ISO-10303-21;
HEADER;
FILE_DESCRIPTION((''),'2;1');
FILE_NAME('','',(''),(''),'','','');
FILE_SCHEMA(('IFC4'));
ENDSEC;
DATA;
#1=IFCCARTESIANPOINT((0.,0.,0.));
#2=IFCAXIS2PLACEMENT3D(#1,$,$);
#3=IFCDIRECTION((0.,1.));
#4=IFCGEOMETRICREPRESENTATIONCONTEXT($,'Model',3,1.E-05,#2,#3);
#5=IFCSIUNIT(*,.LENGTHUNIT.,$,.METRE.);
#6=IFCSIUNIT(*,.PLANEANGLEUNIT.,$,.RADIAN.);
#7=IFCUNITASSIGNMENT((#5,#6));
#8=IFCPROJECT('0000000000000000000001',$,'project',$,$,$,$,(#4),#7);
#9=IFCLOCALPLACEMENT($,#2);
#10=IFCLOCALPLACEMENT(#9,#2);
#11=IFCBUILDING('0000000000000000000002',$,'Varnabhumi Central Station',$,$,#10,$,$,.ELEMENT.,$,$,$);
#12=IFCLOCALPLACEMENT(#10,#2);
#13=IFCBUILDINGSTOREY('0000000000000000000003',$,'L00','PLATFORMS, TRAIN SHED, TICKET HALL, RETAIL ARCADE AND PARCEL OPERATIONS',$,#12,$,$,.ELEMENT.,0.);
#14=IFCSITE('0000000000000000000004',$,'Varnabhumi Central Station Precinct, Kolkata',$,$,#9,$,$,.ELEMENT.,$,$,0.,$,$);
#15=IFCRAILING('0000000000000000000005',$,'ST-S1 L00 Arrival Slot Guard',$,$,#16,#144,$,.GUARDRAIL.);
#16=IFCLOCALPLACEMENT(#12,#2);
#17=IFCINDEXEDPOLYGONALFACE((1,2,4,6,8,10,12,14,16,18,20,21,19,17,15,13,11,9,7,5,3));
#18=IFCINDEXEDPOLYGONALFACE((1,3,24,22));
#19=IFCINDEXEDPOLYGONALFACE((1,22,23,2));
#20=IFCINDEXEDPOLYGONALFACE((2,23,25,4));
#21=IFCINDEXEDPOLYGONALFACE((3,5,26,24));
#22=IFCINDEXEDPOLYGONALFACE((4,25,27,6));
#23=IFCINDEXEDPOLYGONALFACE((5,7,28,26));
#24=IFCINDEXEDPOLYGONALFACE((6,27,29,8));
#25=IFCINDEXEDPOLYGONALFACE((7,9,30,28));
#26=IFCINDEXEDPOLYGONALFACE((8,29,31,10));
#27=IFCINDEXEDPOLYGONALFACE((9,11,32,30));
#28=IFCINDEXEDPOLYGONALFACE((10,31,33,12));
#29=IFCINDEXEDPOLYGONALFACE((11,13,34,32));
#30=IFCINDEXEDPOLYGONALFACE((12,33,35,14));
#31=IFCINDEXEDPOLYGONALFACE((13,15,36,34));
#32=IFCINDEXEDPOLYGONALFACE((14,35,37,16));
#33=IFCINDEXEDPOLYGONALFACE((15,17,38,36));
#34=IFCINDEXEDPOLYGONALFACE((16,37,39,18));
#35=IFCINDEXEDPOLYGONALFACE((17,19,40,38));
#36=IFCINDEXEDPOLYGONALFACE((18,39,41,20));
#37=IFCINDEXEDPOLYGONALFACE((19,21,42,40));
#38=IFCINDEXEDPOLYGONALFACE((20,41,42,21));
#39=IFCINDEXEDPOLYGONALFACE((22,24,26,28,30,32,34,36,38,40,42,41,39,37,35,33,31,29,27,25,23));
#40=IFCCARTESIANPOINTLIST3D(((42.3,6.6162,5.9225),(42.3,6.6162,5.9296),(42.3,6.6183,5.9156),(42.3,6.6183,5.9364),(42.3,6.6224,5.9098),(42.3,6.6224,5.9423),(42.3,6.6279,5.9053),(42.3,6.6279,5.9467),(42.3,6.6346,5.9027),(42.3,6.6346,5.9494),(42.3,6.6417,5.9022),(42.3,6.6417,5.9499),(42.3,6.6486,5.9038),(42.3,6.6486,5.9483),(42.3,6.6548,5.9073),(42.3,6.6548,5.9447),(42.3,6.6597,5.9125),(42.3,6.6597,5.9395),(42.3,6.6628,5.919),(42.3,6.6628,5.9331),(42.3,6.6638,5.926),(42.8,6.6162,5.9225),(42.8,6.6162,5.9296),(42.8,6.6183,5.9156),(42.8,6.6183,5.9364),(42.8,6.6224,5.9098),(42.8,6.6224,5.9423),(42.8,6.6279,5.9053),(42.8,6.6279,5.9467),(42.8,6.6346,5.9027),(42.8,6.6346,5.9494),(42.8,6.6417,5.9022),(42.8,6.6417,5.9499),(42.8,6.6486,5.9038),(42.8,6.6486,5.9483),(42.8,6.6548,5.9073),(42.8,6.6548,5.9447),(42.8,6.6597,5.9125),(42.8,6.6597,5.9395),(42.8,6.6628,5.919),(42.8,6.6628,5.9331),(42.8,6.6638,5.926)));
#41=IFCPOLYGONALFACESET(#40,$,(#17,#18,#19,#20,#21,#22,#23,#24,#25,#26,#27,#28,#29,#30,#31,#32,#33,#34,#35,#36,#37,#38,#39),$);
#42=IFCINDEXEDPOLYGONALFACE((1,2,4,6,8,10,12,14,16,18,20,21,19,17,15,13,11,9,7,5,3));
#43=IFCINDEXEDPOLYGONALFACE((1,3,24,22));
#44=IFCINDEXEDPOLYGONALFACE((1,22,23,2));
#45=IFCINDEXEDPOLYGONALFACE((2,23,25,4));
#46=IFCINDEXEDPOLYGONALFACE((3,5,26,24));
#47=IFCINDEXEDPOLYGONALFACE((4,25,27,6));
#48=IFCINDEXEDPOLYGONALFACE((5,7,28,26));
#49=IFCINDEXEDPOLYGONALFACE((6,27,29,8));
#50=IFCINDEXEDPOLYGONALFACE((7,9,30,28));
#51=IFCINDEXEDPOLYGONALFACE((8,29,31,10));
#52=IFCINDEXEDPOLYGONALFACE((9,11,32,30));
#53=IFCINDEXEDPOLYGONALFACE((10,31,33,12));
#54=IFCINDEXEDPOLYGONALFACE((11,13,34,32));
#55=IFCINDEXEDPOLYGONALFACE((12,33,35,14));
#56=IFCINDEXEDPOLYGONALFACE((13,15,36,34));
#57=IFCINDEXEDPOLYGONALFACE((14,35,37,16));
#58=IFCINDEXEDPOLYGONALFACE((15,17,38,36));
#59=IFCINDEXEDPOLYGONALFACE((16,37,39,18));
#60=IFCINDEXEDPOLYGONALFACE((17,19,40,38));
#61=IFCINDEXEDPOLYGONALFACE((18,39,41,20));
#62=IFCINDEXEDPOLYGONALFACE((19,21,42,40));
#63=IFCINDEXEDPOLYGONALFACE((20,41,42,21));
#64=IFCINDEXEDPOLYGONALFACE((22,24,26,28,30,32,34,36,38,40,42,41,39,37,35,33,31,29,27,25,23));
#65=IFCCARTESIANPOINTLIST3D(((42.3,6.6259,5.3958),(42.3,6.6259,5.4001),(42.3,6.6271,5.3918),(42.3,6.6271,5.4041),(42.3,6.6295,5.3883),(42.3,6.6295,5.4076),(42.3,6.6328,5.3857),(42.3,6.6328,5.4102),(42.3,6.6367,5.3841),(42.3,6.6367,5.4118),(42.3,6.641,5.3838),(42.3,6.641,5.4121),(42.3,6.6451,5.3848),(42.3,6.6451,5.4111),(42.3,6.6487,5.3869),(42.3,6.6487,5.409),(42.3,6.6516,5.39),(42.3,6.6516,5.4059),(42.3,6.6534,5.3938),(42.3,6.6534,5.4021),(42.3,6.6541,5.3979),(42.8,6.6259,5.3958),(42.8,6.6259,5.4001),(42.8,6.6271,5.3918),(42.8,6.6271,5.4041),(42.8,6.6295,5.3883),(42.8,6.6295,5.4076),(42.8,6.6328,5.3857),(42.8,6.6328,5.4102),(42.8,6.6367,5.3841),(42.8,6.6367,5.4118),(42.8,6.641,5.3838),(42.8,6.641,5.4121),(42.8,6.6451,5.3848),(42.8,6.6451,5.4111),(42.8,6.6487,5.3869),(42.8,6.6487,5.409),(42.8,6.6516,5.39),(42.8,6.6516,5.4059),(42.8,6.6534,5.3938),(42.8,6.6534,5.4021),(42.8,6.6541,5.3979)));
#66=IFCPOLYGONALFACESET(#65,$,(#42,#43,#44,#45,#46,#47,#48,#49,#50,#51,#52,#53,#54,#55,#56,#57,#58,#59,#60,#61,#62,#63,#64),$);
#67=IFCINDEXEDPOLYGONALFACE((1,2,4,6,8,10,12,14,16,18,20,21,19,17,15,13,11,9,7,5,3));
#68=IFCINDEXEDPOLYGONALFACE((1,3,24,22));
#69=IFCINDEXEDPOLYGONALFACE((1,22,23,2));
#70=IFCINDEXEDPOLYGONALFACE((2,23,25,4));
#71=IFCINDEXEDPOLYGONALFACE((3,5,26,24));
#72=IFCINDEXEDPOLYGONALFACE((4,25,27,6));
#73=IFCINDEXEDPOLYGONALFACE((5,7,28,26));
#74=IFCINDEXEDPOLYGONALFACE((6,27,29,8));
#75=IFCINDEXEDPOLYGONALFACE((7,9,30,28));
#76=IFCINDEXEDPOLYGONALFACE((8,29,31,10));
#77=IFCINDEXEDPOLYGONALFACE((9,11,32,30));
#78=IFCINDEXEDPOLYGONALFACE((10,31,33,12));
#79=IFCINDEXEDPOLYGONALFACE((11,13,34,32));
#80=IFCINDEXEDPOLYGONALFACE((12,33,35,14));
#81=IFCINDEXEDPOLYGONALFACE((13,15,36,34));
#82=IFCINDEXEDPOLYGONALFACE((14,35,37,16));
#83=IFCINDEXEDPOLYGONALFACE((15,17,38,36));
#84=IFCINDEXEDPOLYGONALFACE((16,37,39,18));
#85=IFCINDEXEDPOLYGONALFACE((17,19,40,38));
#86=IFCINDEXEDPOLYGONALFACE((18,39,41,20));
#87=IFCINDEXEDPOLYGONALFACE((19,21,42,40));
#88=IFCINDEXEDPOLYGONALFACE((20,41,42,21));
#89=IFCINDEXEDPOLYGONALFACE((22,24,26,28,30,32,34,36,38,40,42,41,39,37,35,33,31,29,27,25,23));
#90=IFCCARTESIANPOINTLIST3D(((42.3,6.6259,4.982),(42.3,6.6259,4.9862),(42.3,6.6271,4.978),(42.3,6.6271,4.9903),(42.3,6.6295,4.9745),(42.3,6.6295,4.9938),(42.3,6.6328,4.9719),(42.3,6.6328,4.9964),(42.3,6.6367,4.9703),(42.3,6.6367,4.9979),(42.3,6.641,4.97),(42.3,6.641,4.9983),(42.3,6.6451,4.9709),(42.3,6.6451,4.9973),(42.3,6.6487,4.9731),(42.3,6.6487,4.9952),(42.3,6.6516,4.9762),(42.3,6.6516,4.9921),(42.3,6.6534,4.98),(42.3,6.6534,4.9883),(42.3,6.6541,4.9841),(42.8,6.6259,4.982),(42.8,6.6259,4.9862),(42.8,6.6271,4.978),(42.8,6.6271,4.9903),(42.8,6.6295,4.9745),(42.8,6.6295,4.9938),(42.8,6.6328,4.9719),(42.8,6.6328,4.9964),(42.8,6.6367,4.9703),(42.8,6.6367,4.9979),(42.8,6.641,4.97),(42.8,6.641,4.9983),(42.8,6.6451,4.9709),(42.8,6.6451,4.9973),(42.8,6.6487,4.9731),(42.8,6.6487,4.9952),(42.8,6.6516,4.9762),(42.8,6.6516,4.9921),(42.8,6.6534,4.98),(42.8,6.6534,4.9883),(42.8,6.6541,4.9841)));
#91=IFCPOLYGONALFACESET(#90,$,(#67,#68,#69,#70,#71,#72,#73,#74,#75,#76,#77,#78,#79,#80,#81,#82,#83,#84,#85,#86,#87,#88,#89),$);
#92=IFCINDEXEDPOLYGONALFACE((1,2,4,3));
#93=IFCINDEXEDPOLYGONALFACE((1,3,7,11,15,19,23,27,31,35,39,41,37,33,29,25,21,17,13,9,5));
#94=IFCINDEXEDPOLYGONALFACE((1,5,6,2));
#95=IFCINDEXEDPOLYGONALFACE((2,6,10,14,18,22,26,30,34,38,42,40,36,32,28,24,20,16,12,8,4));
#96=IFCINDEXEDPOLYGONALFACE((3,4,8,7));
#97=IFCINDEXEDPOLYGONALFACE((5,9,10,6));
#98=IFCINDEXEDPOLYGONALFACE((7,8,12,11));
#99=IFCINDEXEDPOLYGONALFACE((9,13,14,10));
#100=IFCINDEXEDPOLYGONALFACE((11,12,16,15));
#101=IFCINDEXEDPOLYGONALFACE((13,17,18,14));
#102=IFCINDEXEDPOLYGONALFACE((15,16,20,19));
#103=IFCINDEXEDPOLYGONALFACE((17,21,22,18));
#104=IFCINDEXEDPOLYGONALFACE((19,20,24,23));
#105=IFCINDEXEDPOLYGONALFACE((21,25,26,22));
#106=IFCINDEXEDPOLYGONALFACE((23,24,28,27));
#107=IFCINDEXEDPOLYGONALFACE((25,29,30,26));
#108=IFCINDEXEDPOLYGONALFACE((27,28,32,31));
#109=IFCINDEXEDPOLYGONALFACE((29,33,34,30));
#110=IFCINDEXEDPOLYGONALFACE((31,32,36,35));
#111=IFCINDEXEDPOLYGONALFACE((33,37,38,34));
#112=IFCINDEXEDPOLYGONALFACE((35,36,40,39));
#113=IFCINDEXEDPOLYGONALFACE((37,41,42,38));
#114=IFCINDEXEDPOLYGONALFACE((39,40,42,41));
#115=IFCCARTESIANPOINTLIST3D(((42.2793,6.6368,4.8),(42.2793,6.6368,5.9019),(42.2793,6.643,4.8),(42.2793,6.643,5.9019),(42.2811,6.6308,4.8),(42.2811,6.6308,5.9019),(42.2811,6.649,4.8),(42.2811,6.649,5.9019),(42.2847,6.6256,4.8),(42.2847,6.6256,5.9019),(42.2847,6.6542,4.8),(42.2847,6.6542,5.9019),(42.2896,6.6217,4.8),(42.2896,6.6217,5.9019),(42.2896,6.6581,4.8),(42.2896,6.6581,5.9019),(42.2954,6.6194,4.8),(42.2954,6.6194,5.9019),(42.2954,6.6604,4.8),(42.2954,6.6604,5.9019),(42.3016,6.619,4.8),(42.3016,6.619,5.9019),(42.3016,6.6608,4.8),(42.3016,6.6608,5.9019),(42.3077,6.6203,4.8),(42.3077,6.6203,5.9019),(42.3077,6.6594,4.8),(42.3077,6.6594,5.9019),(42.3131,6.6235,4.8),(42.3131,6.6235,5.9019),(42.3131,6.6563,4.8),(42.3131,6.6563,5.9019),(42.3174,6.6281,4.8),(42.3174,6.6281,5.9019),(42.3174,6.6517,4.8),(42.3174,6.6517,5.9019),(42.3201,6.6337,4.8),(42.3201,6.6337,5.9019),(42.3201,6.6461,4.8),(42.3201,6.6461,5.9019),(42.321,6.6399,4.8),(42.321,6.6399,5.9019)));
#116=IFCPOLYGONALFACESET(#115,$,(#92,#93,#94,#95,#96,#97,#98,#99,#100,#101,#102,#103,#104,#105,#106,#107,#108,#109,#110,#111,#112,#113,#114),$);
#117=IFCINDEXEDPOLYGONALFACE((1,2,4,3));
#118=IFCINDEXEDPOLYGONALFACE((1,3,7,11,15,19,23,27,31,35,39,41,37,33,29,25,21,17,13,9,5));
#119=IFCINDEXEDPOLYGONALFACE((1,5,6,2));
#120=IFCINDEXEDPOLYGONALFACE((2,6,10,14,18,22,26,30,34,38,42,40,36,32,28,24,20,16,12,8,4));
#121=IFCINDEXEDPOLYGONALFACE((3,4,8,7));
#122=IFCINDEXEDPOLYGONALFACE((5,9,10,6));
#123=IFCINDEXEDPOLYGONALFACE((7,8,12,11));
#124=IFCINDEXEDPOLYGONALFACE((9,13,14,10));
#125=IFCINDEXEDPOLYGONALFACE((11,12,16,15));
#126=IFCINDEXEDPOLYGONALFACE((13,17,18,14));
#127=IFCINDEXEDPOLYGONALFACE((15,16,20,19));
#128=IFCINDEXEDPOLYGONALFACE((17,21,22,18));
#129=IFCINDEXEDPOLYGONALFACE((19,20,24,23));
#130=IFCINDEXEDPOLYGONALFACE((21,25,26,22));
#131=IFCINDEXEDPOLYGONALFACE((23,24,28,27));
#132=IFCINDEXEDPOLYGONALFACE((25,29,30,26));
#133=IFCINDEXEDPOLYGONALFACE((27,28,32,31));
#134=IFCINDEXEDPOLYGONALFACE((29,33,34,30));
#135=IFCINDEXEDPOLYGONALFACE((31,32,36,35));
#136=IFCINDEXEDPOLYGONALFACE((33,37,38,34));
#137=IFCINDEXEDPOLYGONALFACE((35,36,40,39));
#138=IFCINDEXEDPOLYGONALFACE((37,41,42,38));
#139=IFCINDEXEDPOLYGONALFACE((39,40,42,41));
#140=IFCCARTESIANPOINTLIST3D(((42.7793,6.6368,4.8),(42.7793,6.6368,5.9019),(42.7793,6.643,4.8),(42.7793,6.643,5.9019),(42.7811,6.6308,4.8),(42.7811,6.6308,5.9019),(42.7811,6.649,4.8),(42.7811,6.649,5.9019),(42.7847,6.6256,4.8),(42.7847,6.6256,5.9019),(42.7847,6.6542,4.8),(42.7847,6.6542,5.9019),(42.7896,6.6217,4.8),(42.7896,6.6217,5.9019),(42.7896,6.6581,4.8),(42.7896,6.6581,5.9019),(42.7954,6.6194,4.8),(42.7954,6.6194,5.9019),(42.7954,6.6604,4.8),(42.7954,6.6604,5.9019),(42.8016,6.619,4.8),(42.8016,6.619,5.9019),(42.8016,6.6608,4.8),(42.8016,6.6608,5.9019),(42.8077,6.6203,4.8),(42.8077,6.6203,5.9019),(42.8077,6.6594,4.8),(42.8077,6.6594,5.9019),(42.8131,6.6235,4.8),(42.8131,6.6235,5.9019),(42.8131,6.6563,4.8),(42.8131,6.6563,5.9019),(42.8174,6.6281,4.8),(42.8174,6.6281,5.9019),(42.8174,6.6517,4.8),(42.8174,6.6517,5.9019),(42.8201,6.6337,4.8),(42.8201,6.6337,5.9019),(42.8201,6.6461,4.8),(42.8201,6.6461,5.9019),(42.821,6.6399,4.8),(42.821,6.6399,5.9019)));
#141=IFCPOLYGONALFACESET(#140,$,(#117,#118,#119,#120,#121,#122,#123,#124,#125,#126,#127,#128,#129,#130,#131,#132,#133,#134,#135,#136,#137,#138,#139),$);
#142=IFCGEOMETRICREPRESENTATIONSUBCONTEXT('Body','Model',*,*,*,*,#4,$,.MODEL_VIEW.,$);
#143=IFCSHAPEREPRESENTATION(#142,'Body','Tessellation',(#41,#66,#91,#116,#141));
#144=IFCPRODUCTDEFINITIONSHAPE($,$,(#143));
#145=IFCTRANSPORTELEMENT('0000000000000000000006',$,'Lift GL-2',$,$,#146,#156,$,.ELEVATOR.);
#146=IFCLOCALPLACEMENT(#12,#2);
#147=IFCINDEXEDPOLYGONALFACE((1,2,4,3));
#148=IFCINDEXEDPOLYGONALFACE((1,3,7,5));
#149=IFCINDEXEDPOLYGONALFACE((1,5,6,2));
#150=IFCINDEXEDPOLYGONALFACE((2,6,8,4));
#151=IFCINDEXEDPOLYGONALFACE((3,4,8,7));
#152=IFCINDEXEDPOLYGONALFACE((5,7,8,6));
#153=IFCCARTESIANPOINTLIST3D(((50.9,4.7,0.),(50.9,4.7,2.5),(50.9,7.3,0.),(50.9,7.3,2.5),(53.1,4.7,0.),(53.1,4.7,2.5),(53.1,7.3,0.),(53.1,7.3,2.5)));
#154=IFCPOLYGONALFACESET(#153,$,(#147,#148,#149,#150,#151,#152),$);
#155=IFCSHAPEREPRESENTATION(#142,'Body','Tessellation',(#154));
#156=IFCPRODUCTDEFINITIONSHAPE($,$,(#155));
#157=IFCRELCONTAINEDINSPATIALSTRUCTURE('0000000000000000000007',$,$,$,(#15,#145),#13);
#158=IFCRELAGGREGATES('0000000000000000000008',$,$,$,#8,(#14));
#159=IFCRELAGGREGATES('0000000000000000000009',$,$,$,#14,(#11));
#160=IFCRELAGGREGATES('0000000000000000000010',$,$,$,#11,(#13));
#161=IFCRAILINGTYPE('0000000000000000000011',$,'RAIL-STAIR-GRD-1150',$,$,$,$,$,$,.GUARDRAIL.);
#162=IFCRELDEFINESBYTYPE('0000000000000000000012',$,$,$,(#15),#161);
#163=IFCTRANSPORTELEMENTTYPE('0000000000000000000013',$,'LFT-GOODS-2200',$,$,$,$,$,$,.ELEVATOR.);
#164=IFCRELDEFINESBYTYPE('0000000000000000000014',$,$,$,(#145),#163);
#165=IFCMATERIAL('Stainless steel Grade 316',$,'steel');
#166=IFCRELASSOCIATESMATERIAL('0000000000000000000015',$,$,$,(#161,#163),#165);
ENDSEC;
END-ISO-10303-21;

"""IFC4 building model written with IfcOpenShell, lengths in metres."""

from ifc_helpers import new_model, si_unit, direction, frame, origin, origin_2d, place, context, subcontext, project, spatial, rectangle, circle, extrude, material, type_object, element, save


model = new_model("IFC4")

# Units and contexts
model_context = context("Model", 3, precision=1e-05, world=origin(), true_north=direction((0.0, 1.0)))
body_context = subcontext(model_context, "Body", "Model", "MODEL_VIEW")
ifc_project = project(units=[si_unit("LENGTHUNIT", "METRE"), si_unit("PLANEANGLEUNIT", "RADIAN")], contexts=[model_context])

# Site, building, storey
site_placement = place(None, origin())
site = spatial("IfcSite", under=ifc_project, at=site_placement, Name="Varnabhumi Central Station Precinct, Kolkata", CompositionType="ELEMENT", RefElevation=0.0)
building_placement = place(site_placement, origin())
building = spatial("IfcBuilding", under=site, at=building_placement, Name="Varnabhumi Central Station", CompositionType="ELEMENT")
storey_placement = place(building_placement, origin())
storey = spatial("IfcBuildingStorey", under=building, at=storey_placement, Name="L00", Description="PLATFORMS, TRAIN SHED, TICKET HALL, RETAIL ARCADE AND PARCEL OPERATIONS", CompositionType="ELEMENT", Elevation=0.0)

# Shared definitions
ifc_material_1 = material(Name="Stainless steel Grade 316", Category="steel")

# Railing
railing_type_1 = type_object("IfcRailingType", Name="RAIL-STAIR-GRD-1150", PredefinedType="GUARDRAIL", material=ifc_material_1)
railing_1_placement = place(storey_placement, frame((42.3, 6.6399, 4.8)))
element("IfcRailing", 1, at=railing_1_placement, inside=storey, type_object=railing_type_1, Name="ST-S1 L00 Arrival Slot Guard", PredefinedType="GUARDRAIL", context=body_context, shape_type="SweptSolid", body=[
    extrude(circle(Radius=0.0239, at=origin_2d()), frame((0.0, 0.0, 1.126), z_axis=(1.0, 0.0, 0.0), x_axis=(0.0, 1.0, 0.0)), (0.0, 0.0, 1.0), 0.5),
    extrude(circle(Radius=0.0142, at=origin_2d()), frame((0.0, 0.0, 0.5979), z_axis=(1.0, 0.0, 0.0), x_axis=(0.0, 1.0, 0.0)), (0.0, 0.0, 1.0), 0.5),
    extrude(circle(Radius=0.0142, at=origin_2d()), frame((0.0, 0.0, 0.1841), z_axis=(1.0, 0.0, 0.0), x_axis=(0.0, 1.0, 0.0)), (0.0, 0.0, 1.0), 0.5),
    extrude(circle(Radius=0.021, at=origin_2d()), origin(), (0.0, 0.0, 1.0), 1.1018),
    extrude(circle(Radius=0.021, at=origin_2d()), frame((0.5, 0.0, 0.0)), (0.0, 0.0, 1.0), 1.1018),
])

# Transport element
transport_element_type = type_object("IfcTransportElementType", Name="LFT-GOODS-2200", PredefinedType="ELEVATOR", material=ifc_material_1)
transport_element_placement = place(storey_placement, frame((52.0, 6.0, 0.0), z_axis=(0.0, 0.0, 1.0), x_axis=(1.0, 0.0, 0.0)))
element("IfcTransportElement", 2, at=transport_element_placement, inside=storey, type_object=transport_element_type, Name="Lift GL-2", PredefinedType="ELEVATOR", context=body_context, shape_type="SweptSolid", body=[
    extrude(rectangle(XDim=2.2, YDim=2.6001, at=origin_2d()), origin(), (0.0, 0.0, 1.0), 2.5),
])

save(model, "model.ifc")
